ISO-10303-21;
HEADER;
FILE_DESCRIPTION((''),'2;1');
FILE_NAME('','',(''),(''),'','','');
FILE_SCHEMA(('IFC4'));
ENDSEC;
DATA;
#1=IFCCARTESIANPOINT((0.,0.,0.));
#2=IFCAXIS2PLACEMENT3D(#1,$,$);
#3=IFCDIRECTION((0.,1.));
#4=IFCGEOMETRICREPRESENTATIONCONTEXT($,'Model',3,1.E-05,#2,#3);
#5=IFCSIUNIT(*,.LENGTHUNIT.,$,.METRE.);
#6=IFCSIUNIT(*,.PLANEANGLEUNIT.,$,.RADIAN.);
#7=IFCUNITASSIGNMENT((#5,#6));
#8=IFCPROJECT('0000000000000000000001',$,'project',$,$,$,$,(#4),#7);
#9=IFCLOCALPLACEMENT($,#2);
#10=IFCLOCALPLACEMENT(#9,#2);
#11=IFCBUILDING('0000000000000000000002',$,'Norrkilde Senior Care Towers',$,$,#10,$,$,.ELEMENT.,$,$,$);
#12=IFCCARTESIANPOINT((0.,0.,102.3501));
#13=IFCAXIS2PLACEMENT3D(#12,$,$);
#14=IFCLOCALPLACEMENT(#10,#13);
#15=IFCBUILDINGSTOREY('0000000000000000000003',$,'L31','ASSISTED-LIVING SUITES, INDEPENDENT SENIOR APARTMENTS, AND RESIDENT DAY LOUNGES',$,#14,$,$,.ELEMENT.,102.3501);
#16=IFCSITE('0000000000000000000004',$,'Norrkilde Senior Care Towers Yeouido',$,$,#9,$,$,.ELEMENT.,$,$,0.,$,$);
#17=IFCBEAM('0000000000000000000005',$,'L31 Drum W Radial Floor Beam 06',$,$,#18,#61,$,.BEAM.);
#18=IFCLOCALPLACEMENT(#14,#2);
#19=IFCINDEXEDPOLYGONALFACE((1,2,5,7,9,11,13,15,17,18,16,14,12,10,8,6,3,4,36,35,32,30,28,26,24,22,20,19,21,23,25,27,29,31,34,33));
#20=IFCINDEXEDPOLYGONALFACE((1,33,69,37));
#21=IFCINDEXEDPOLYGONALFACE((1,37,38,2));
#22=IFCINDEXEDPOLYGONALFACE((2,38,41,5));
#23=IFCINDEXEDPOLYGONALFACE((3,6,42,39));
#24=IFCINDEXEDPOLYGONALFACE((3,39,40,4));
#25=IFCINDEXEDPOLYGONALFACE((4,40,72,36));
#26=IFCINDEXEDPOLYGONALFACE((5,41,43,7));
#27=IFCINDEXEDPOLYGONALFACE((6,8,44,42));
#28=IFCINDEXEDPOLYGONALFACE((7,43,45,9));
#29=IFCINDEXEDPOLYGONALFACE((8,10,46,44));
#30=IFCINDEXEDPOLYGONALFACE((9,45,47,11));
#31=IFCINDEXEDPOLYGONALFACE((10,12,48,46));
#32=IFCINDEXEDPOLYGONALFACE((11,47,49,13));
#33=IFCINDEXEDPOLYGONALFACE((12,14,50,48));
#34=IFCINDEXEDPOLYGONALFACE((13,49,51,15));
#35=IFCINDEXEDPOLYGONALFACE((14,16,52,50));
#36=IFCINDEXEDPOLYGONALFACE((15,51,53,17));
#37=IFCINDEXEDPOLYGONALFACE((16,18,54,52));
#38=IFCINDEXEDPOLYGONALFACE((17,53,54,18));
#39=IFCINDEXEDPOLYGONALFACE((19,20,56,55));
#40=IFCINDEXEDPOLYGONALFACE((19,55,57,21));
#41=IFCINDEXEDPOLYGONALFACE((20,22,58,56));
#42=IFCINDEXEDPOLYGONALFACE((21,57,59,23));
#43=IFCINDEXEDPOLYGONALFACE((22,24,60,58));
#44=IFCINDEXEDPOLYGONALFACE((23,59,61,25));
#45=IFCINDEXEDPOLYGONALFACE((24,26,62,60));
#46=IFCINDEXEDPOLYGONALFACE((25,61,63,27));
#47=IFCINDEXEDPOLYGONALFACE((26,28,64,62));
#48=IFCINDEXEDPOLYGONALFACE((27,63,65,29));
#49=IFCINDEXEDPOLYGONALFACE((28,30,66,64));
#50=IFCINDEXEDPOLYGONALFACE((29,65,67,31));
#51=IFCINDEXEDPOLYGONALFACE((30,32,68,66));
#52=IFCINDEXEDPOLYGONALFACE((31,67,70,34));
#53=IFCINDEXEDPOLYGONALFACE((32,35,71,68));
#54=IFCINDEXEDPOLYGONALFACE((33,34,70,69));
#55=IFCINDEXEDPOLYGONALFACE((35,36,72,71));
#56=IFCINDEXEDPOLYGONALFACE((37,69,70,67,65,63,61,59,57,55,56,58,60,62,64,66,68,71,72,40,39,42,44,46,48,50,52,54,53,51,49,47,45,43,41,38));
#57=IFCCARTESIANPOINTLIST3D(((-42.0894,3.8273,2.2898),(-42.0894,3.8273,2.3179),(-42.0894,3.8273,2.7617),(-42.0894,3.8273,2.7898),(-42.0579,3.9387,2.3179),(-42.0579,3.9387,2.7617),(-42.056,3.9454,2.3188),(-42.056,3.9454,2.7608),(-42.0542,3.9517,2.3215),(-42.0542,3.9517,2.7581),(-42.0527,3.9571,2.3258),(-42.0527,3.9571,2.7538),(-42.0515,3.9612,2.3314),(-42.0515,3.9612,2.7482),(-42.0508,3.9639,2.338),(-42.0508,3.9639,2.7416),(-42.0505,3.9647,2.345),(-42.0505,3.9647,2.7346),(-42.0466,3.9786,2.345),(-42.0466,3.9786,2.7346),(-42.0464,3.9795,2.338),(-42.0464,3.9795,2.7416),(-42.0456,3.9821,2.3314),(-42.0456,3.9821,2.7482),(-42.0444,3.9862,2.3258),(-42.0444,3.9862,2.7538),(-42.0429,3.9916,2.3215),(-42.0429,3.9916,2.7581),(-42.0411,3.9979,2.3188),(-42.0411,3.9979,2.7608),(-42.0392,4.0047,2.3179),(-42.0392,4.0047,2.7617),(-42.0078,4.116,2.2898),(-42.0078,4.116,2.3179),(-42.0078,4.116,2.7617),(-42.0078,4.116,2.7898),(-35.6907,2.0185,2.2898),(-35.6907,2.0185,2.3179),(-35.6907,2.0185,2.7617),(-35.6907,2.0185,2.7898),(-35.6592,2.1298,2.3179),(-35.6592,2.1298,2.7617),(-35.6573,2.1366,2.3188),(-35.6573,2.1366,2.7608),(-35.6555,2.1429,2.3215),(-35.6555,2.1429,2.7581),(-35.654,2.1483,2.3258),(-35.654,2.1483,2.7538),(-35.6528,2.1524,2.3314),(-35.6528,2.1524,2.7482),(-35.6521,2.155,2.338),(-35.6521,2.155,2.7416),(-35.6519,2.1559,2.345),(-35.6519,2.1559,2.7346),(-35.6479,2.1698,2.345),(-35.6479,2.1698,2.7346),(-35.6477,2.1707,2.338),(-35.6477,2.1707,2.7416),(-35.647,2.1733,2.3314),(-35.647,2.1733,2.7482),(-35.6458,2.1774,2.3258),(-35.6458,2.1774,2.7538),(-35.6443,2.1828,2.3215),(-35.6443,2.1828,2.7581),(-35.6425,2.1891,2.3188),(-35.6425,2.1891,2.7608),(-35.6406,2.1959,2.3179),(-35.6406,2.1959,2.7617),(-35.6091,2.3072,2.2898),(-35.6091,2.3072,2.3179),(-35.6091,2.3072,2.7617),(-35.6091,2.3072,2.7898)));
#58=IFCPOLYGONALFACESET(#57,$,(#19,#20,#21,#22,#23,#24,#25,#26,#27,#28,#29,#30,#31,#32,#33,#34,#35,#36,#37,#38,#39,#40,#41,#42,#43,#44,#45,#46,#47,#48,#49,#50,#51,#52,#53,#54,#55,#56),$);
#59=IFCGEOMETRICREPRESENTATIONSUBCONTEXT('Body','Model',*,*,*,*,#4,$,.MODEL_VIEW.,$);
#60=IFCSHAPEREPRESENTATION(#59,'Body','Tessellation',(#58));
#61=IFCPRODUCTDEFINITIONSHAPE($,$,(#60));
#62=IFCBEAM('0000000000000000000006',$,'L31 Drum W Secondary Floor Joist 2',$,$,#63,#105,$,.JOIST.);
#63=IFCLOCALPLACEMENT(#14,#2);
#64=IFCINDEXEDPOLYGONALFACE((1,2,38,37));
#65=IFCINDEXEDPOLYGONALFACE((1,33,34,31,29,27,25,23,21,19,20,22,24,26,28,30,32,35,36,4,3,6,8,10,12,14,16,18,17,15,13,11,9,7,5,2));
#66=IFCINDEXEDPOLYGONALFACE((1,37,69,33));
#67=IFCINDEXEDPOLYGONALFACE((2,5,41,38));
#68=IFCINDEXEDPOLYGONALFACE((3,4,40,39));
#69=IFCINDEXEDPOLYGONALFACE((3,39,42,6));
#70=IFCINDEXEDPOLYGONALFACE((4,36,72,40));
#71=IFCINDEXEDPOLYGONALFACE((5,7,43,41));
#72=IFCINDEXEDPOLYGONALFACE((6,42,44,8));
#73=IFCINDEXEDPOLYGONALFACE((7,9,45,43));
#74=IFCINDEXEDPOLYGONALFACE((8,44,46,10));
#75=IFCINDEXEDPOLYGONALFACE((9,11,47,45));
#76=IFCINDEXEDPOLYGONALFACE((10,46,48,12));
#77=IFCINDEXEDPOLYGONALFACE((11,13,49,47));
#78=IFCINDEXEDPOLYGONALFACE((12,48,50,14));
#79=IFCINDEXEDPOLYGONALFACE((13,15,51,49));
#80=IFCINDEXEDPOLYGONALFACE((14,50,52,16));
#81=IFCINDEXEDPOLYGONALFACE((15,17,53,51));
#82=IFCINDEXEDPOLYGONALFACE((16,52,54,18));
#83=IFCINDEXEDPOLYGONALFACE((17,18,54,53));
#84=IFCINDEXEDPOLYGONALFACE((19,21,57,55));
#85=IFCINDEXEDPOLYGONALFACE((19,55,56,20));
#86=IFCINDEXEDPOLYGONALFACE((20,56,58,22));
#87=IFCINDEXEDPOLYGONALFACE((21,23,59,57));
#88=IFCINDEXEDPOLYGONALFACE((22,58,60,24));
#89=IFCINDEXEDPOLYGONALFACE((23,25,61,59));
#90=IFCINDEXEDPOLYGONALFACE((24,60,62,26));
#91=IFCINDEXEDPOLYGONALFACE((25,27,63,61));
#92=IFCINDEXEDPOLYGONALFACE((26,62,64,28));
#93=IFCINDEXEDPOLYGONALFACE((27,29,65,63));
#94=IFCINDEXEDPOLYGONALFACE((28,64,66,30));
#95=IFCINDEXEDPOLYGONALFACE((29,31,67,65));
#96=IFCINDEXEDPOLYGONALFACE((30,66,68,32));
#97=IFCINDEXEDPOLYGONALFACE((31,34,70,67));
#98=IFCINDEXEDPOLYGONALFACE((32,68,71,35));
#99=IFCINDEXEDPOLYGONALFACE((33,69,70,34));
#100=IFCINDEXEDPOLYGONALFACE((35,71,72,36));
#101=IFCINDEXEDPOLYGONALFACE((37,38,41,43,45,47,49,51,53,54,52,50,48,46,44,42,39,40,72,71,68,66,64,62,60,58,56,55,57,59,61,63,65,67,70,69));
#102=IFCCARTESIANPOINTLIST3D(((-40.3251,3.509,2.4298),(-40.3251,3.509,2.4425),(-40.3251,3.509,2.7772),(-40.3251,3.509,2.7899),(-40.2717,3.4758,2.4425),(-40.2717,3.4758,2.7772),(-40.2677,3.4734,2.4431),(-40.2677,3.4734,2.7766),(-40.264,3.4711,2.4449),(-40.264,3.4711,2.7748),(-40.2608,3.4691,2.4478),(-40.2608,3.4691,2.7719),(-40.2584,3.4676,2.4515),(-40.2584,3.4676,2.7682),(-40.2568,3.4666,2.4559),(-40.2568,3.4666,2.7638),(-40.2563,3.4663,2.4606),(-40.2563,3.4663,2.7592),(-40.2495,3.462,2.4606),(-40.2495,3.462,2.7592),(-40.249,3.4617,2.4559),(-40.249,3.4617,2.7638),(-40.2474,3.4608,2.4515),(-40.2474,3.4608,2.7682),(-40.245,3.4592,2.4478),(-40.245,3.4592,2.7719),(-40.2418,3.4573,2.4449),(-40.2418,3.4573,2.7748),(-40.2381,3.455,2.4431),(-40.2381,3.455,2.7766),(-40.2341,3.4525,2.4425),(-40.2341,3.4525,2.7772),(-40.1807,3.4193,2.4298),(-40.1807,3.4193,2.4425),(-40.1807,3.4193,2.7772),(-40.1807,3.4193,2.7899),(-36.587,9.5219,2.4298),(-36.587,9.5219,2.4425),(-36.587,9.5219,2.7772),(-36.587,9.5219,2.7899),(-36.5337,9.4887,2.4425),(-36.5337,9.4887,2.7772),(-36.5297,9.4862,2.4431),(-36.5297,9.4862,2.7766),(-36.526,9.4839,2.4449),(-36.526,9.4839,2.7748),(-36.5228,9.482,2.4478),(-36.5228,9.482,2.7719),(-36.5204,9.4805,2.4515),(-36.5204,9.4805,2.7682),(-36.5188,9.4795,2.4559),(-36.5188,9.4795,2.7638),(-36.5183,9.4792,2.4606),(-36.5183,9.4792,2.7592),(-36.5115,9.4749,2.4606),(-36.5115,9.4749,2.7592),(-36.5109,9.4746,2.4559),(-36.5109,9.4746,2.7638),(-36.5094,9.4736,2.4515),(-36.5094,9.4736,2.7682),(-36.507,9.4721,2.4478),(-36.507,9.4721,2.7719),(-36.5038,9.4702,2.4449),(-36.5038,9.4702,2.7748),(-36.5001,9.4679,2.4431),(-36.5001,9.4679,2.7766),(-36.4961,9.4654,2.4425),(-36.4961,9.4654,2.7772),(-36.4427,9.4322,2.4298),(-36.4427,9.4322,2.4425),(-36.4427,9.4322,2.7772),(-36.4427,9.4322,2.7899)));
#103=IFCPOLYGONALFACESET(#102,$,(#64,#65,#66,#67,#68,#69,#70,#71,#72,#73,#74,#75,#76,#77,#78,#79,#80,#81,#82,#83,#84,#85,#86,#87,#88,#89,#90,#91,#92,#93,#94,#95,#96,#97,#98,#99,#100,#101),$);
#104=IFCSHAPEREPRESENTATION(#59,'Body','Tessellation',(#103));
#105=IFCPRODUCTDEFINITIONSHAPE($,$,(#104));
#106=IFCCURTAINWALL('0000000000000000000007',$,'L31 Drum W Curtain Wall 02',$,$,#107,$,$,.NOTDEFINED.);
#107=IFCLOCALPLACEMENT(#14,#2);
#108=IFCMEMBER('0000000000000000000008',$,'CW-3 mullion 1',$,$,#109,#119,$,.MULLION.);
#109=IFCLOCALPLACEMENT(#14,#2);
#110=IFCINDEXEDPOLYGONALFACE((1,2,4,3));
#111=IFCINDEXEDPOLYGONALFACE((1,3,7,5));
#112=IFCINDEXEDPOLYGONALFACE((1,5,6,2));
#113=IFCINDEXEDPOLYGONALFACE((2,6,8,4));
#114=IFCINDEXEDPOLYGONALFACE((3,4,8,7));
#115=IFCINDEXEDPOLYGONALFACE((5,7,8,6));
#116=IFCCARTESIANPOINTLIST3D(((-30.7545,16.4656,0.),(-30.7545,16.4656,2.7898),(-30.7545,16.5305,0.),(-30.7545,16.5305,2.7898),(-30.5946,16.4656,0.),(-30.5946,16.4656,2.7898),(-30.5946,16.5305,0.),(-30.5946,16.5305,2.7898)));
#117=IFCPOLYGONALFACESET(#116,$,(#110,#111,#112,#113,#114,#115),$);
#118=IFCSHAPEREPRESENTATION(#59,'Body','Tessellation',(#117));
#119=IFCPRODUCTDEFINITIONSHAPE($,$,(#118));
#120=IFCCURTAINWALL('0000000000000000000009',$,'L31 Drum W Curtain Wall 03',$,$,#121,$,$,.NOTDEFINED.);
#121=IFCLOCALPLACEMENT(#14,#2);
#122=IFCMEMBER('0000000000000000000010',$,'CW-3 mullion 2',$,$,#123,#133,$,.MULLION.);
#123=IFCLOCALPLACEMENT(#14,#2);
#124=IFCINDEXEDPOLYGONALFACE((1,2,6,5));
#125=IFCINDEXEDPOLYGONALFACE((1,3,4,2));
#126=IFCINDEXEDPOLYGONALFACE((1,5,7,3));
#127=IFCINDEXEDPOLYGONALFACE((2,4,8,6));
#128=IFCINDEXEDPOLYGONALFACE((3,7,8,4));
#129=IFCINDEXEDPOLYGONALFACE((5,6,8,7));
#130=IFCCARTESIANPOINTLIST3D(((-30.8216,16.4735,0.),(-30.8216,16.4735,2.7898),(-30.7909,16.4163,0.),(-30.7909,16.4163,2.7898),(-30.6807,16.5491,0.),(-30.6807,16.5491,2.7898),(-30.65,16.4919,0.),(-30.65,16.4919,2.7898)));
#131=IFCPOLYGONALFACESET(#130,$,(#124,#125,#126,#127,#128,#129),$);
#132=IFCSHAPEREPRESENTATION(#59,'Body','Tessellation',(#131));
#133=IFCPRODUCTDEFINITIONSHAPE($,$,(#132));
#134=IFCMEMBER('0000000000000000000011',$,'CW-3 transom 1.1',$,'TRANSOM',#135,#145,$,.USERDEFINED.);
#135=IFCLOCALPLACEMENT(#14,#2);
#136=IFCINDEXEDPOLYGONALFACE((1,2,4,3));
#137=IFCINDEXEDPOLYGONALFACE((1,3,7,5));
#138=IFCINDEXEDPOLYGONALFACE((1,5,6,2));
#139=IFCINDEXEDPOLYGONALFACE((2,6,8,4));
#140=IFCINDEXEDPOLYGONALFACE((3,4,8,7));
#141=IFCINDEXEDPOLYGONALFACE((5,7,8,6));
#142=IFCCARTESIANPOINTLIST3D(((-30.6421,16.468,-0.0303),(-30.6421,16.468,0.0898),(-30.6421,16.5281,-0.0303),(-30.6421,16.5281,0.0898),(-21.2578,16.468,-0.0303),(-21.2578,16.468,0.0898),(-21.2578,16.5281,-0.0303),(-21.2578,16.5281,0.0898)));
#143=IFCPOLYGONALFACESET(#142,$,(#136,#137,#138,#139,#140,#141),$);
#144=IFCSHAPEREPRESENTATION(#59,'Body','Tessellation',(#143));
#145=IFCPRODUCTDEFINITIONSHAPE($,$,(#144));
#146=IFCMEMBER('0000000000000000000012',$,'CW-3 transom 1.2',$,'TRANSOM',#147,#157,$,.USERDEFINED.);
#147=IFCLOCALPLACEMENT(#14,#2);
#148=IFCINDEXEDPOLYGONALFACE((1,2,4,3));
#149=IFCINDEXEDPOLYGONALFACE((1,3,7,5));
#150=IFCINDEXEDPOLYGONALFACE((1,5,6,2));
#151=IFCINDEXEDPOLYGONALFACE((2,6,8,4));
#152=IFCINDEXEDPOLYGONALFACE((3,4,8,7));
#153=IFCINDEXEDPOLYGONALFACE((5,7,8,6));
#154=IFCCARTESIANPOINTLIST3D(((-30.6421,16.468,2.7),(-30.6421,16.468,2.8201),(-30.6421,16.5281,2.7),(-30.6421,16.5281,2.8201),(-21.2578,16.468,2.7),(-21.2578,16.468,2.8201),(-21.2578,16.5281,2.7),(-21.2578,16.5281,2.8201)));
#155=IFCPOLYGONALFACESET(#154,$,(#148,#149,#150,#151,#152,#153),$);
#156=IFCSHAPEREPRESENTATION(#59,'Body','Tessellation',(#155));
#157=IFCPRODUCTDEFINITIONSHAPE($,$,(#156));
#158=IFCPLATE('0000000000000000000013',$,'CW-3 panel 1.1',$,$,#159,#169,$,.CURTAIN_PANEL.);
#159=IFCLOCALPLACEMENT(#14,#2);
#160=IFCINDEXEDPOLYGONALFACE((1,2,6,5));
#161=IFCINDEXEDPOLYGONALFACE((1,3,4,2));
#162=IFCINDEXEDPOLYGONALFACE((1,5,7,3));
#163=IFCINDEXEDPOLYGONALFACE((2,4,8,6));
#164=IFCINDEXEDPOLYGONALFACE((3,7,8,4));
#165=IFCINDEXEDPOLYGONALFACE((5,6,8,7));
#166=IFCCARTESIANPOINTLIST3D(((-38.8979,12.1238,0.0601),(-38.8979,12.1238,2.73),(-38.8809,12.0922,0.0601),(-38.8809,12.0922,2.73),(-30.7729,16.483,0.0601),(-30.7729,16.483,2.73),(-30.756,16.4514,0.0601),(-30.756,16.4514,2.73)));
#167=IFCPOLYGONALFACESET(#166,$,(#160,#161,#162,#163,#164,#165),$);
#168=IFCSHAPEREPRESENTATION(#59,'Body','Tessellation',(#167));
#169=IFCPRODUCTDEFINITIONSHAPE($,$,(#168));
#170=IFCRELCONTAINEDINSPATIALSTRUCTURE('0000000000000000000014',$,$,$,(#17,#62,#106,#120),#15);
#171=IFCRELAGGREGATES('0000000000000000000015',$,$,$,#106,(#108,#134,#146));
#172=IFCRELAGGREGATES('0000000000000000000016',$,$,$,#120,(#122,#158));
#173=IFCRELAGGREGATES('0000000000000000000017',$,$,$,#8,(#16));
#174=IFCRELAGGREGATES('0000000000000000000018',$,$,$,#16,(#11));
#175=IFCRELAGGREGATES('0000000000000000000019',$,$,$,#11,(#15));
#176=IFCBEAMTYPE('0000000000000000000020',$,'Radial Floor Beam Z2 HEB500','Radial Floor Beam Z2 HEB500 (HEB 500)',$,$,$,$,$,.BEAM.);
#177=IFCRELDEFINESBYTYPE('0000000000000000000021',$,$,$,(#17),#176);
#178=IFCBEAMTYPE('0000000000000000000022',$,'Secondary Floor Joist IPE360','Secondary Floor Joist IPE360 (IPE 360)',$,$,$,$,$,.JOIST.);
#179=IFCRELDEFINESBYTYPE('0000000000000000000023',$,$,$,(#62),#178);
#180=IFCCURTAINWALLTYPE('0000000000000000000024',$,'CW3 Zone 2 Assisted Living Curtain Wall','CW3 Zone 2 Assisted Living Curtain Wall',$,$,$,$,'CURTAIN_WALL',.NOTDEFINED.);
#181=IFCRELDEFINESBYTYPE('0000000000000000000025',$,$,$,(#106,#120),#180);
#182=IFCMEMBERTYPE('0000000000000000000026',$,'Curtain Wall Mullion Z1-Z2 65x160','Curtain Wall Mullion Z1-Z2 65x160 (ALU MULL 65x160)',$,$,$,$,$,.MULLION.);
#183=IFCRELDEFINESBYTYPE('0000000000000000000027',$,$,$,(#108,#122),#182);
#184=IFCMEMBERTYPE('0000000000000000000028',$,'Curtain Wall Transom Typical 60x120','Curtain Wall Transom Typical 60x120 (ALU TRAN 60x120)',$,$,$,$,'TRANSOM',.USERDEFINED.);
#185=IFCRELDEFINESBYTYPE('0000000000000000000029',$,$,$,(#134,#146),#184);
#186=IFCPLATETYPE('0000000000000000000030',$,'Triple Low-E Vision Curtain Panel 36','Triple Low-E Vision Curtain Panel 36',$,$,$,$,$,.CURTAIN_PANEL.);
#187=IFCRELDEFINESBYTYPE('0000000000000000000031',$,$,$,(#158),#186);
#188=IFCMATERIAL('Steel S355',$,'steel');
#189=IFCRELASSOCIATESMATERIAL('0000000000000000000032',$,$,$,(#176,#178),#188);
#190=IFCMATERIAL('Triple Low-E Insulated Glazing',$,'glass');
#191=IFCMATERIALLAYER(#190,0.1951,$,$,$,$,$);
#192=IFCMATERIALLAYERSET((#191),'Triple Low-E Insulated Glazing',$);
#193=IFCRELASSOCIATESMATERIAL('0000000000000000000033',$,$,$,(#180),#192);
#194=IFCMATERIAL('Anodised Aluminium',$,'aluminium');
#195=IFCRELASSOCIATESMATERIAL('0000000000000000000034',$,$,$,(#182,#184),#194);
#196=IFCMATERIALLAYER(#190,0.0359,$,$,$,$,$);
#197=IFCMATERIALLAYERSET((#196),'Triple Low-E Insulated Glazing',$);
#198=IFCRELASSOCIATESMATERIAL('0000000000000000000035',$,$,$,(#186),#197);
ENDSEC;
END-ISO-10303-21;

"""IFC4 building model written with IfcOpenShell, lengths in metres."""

from ifc_helpers import new_model, si_unit, direction, frame, origin, origin_2d, place, context, subcontext, project, spatial, rectangle, i_section, extrude, source, transform, mapped, material, layer, layer_set, material_profile, profile_set, type_object, type_shapes, element, aggregate, save


model = new_model("IFC4")

# Units and contexts
model_context = context("Model", 3, precision=1e-05, world=origin(), true_north=direction((0.0, 1.0)))
body_context = subcontext(model_context, "Body", "Model", "MODEL_VIEW")
ifc_project = project(units=[si_unit("LENGTHUNIT", "METRE"), si_unit("PLANEANGLEUNIT", "RADIAN")], contexts=[model_context])

# Site, building, storey
site_placement = place(None, origin())
site = spatial("IfcSite", under=ifc_project, at=site_placement, Name="Norrkilde Senior Care Towers Yeouido", CompositionType="ELEMENT", RefElevation=0.0)
building_placement = place(site_placement, origin())
building = spatial("IfcBuilding", under=site, at=building_placement, Name="Norrkilde Senior Care Towers", CompositionType="ELEMENT")
storey_placement = place(building_placement, frame((0.0, 0.0, 102.3501)))
storey = spatial("IfcBuildingStorey", under=building, at=storey_placement, Name="L31", Description="ASSISTED-LIVING SUITES, INDEPENDENT SENIOR APARTMENTS, AND RESIDENT DAY LOUNGES", CompositionType="ELEMENT", Elevation=102.3501)

# Beams
ifc_material_1 = material(Name="Steel S355", Category="steel")
ifc_material_profile_1 = material_profile(ifc_material_1, i_section(OverallWidth=0.3, OverallDepth=0.5, WebThickness=0.0144, FlangeThickness=0.0281, FilletRadius=0.0271, at=origin_2d()), Name="HEB 500")
ifc_profile_set_1 = profile_set([ifc_material_profile_1], Name="Steel S355")
beam_type_1 = type_object("IfcBeamType", Name="Radial Floor Beam Z2 HEB500", Description="Radial Floor Beam Z2 HEB500 (HEB 500)", PredefinedType="BEAM", material=ifc_profile_set_1)
shared_shape_1 = source(origin(), body_context, "Body", "SweptSolid", [
    extrude(i_section(OverallWidth=0.3, OverallDepth=0.5, WebThickness=0.0144, FlangeThickness=0.0281, FilletRadius=0.0271, at=origin_2d()), origin(), (0.0, 0.0, 1.0), 6.6494),
])
beam_1_placement = place(storey_placement, frame((-35.6499, 2.1628, 2.5398), z_axis=(-0.962289, 0.272029, 0.0), x_axis=(-0.272029, -0.962289, 0.0)))
element("IfcBeam", 1, at=beam_1_placement, inside=storey, type_object=beam_type_1, Name="L31 Drum W Radial Floor Beam 06", PredefinedType="BEAM", context=body_context, shape_type="MappedRepresentation", body=[
    mapped(shared_shape_1, transform((0.0, 0.0, 0.0), x_axis=(1.0, 0.0, 0.0), y_axis=(0.0, 1.0, 0.0), z_axis=(0.0, 0.0, 1.0), scale=1.0)),
])
ifc_material_profile_2 = material_profile(ifc_material_1, i_section(OverallWidth=0.1699, OverallDepth=0.3601, WebThickness=0.0081, FlangeThickness=0.0127, FilletRadius=0.0181, at=origin_2d()), Name="IPE 360")
ifc_profile_set_2 = profile_set([ifc_material_profile_2], Name="Steel S355")
beam_type_2 = type_object("IfcBeamType", Name="Secondary Floor Joist IPE360", Description="Secondary Floor Joist IPE360 (IPE 360)", PredefinedType="JOIST", material=ifc_profile_set_2)
shared_shape_2 = source(origin(), body_context, "Body", "SweptSolid", [
    extrude(i_section(OverallWidth=0.1699, OverallDepth=0.3601, WebThickness=0.0081, FlangeThickness=0.0127, FilletRadius=0.0181, at=origin_2d()), origin(), (0.0, 0.0, 1.0), 7.0801),
])
type_shapes(beam_type_2, [shared_shape_2])
beam_2_placement = place(storey_placement, frame((-36.5149, 9.4771, 2.6099), z_axis=(-0.527961, -0.849269, 0.0), x_axis=(0.849269, -0.527961, 0.0)))
element("IfcBeam", 2, at=beam_2_placement, inside=storey, type_object=beam_type_2, Name="L31 Drum W Secondary Floor Joist 2", PredefinedType="JOIST", context=body_context, shape_type="MappedRepresentation", body=[
    mapped(shared_shape_2, transform((0.0, 0.0, 0.0), x_axis=(1.0, 0.0, 0.0), y_axis=(0.0, 1.0, 0.0), z_axis=(0.0, 0.0, 1.0), scale=1.0)),
])

# Curtain walls, members
ifc_material_2 = material(Name="Triple Low-E Insulated Glazing", Category="glass")
ifc_layer_1 = layer(ifc_material_2, 0.1951)
ifc_layer_set_1 = layer_set([ifc_layer_1], Name="Triple Low-E Insulated Glazing")
curtain_wall_type = type_object("IfcCurtainWallType", Name="CW3 Zone 2 Assisted Living Curtain Wall", Description="CW3 Zone 2 Assisted Living Curtain Wall", ElementType="CURTAIN_WALL", PredefinedType="NOTDEFINED", material=ifc_layer_set_1)
curtain_wall_1_placement = place(storey_placement, origin())
curtain_wall_1 = element("IfcCurtainWall", 3, at=curtain_wall_1_placement, inside=storey, type_object=curtain_wall_type, Name="L31 Drum W Curtain Wall 02", PredefinedType="NOTDEFINED")
ifc_material_3 = material(Name="Anodised Aluminium", Category="aluminium")
ifc_material_profile_3 = material_profile(ifc_material_3, rectangle(XDim=0.0649, YDim=0.1599, at=origin_2d()), Name="ALU MULL 65x160")
ifc_profile_set_3 = profile_set([ifc_material_profile_3], Name="Anodised Aluminium")
member_type_1 = type_object("IfcMemberType", Name="Curtain Wall Mullion Z1-Z2 65x160", Description="Curtain Wall Mullion Z1-Z2 65x160 (ALU MULL 65x160)", PredefinedType="MULLION", material=ifc_profile_set_3)
shared_shape_3 = source(origin(), body_context, "Body", "SweptSolid", [
    extrude(rectangle(XDim=0.0649, YDim=0.1599, at=origin_2d()), origin(), (0.0, 0.0, 1.0), 2.7898),
])
type_shapes(member_type_1, [shared_shape_3])
member_1_placement = place(storey_placement, frame((-30.6746, 16.498, 0.0), z_axis=(0.0, 0.0, 1.0), x_axis=(0.0, 1.0, 0.0)))
member_1 = element("IfcMember", 4, at=member_1_placement, type_object=member_type_1, Name="CW-3 mullion 1", PredefinedType="MULLION", context=body_context, shape_type="MappedRepresentation", body=[
    mapped(shared_shape_3, transform((0.0, 0.0, 0.0), x_axis=(1.0, 0.0, 0.0), y_axis=(0.0, 1.0, 0.0), z_axis=(0.0, 0.0, 1.0), scale=1.0)),
])
curtain_wall_2_placement = place(storey_placement, origin())
curtain_wall_2 = element("IfcCurtainWall", 5, at=curtain_wall_2_placement, inside=storey, type_object=curtain_wall_type, Name="L31 Drum W Curtain Wall 03", PredefinedType="NOTDEFINED")
member_2_placement = place(storey_placement, frame((-30.7358, 16.4827, 0.0), z_axis=(0.0, 0.0, 1.0), x_axis=(-0.472769, 0.881186, 0.0)))
member_2 = element("IfcMember", 6, at=member_2_placement, type_object=member_type_1, Name="CW-3 mullion 2", PredefinedType="MULLION", context=body_context, shape_type="MappedRepresentation", body=[
    mapped(shared_shape_3, transform((0.0, 0.0, 0.0), x_axis=(1.0, 0.0, 0.0), y_axis=(0.0, 1.0, 0.0), z_axis=(0.0, 0.0, 1.0), scale=1.0)),
])

# Members
ifc_material_profile_4 = material_profile(ifc_material_3, rectangle(XDim=0.0601, YDim=0.1201, at=origin_2d()), Name="ALU TRAN 60x120")
ifc_profile_set_4 = profile_set([ifc_material_profile_4], Name="Anodised Aluminium")
member_type_2 = type_object("IfcMemberType", Name="Curtain Wall Transom Typical 60x120", Description="Curtain Wall Transom Typical 60x120 (ALU TRAN 60x120)", ElementType="TRANSOM", PredefinedType="USERDEFINED", material=ifc_profile_set_4)
shared_shape_4 = source(origin(), body_context, "Body", "SweptSolid", [
    extrude(rectangle(XDim=0.0601, YDim=0.1201, at=origin_2d()), origin(), (0.0, 0.0, 1.0), 9.3843),
])
type_shapes(member_type_2, [shared_shape_4])
member_3_placement = place(storey_placement, frame((-30.6421, 16.498, 0.0298), z_axis=(1.0, 0.0, 0.0), x_axis=(0.0, 1.0, 0.0)))
member_3 = element("IfcMember", 7, at=member_3_placement, type_object=member_type_2, Name="CW-3 transom 1.1", ObjectType="TRANSOM", PredefinedType="USERDEFINED", context=body_context, shape_type="MappedRepresentation", body=[
    mapped(shared_shape_4, transform((0.0, 0.0, 0.0), x_axis=(1.0, 0.0, 0.0), y_axis=(0.0, 1.0, 0.0), z_axis=(0.0, 0.0, 1.0), scale=1.0)),
])
member_4_placement = place(storey_placement, frame((-30.6421, 16.498, 2.76), z_axis=(1.0, 0.0, 0.0), x_axis=(0.0, 1.0, 0.0)))
member_4 = element("IfcMember", 8, at=member_4_placement, type_object=member_type_2, Name="CW-3 transom 1.2", ObjectType="TRANSOM", PredefinedType="USERDEFINED", context=body_context, shape_type="MappedRepresentation", body=[
    mapped(shared_shape_4, transform((0.0, 0.0, 0.0), x_axis=(1.0, 0.0, 0.0), y_axis=(0.0, 1.0, 0.0), z_axis=(0.0, 0.0, 1.0), scale=1.0)),
])
aggregate(curtain_wall_1, [member_1, member_3, member_4])

# Plate
ifc_layer_2 = layer(ifc_material_2, 0.0359)
ifc_layer_set_2 = layer_set([ifc_layer_2], Name="Triple Low-E Insulated Glazing")
plate_type = type_object("IfcPlateType", Name="Triple Low-E Vision Curtain Panel 36", Description="Triple Low-E Vision Curtain Panel 36", PredefinedType="CURTAIN_PANEL", material=ifc_layer_set_2)
shared_shape_5 = source(origin(), body_context, "Body", "SweptSolid", [
    extrude(rectangle(XDim=9.2205, YDim=0.0359, at=origin_2d()), origin(), (0.0, 0.0, 1.0), 2.6699),
])
type_shapes(plate_type, [shared_shape_5])
plate_placement = place(storey_placement, frame((-34.8269, 14.2876, 0.0601), z_axis=(0.0, 0.0, 1.0), x_axis=(0.881186, 0.472769, 0.0)))
plate = element("IfcPlate", 9, at=plate_placement, type_object=plate_type, Name="CW-3 panel 1.1", PredefinedType="CURTAIN_PANEL", context=body_context, shape_type="MappedRepresentation", body=[
    mapped(shared_shape_5, transform((0.0, 0.0, 0.0), x_axis=(1.0, 0.0, 0.0), y_axis=(0.0, 1.0, 0.0), z_axis=(0.0, 0.0, 1.0), scale=1.0)),
])
aggregate(curtain_wall_2, [member_2, plate])

save(model, "model.ifc")
